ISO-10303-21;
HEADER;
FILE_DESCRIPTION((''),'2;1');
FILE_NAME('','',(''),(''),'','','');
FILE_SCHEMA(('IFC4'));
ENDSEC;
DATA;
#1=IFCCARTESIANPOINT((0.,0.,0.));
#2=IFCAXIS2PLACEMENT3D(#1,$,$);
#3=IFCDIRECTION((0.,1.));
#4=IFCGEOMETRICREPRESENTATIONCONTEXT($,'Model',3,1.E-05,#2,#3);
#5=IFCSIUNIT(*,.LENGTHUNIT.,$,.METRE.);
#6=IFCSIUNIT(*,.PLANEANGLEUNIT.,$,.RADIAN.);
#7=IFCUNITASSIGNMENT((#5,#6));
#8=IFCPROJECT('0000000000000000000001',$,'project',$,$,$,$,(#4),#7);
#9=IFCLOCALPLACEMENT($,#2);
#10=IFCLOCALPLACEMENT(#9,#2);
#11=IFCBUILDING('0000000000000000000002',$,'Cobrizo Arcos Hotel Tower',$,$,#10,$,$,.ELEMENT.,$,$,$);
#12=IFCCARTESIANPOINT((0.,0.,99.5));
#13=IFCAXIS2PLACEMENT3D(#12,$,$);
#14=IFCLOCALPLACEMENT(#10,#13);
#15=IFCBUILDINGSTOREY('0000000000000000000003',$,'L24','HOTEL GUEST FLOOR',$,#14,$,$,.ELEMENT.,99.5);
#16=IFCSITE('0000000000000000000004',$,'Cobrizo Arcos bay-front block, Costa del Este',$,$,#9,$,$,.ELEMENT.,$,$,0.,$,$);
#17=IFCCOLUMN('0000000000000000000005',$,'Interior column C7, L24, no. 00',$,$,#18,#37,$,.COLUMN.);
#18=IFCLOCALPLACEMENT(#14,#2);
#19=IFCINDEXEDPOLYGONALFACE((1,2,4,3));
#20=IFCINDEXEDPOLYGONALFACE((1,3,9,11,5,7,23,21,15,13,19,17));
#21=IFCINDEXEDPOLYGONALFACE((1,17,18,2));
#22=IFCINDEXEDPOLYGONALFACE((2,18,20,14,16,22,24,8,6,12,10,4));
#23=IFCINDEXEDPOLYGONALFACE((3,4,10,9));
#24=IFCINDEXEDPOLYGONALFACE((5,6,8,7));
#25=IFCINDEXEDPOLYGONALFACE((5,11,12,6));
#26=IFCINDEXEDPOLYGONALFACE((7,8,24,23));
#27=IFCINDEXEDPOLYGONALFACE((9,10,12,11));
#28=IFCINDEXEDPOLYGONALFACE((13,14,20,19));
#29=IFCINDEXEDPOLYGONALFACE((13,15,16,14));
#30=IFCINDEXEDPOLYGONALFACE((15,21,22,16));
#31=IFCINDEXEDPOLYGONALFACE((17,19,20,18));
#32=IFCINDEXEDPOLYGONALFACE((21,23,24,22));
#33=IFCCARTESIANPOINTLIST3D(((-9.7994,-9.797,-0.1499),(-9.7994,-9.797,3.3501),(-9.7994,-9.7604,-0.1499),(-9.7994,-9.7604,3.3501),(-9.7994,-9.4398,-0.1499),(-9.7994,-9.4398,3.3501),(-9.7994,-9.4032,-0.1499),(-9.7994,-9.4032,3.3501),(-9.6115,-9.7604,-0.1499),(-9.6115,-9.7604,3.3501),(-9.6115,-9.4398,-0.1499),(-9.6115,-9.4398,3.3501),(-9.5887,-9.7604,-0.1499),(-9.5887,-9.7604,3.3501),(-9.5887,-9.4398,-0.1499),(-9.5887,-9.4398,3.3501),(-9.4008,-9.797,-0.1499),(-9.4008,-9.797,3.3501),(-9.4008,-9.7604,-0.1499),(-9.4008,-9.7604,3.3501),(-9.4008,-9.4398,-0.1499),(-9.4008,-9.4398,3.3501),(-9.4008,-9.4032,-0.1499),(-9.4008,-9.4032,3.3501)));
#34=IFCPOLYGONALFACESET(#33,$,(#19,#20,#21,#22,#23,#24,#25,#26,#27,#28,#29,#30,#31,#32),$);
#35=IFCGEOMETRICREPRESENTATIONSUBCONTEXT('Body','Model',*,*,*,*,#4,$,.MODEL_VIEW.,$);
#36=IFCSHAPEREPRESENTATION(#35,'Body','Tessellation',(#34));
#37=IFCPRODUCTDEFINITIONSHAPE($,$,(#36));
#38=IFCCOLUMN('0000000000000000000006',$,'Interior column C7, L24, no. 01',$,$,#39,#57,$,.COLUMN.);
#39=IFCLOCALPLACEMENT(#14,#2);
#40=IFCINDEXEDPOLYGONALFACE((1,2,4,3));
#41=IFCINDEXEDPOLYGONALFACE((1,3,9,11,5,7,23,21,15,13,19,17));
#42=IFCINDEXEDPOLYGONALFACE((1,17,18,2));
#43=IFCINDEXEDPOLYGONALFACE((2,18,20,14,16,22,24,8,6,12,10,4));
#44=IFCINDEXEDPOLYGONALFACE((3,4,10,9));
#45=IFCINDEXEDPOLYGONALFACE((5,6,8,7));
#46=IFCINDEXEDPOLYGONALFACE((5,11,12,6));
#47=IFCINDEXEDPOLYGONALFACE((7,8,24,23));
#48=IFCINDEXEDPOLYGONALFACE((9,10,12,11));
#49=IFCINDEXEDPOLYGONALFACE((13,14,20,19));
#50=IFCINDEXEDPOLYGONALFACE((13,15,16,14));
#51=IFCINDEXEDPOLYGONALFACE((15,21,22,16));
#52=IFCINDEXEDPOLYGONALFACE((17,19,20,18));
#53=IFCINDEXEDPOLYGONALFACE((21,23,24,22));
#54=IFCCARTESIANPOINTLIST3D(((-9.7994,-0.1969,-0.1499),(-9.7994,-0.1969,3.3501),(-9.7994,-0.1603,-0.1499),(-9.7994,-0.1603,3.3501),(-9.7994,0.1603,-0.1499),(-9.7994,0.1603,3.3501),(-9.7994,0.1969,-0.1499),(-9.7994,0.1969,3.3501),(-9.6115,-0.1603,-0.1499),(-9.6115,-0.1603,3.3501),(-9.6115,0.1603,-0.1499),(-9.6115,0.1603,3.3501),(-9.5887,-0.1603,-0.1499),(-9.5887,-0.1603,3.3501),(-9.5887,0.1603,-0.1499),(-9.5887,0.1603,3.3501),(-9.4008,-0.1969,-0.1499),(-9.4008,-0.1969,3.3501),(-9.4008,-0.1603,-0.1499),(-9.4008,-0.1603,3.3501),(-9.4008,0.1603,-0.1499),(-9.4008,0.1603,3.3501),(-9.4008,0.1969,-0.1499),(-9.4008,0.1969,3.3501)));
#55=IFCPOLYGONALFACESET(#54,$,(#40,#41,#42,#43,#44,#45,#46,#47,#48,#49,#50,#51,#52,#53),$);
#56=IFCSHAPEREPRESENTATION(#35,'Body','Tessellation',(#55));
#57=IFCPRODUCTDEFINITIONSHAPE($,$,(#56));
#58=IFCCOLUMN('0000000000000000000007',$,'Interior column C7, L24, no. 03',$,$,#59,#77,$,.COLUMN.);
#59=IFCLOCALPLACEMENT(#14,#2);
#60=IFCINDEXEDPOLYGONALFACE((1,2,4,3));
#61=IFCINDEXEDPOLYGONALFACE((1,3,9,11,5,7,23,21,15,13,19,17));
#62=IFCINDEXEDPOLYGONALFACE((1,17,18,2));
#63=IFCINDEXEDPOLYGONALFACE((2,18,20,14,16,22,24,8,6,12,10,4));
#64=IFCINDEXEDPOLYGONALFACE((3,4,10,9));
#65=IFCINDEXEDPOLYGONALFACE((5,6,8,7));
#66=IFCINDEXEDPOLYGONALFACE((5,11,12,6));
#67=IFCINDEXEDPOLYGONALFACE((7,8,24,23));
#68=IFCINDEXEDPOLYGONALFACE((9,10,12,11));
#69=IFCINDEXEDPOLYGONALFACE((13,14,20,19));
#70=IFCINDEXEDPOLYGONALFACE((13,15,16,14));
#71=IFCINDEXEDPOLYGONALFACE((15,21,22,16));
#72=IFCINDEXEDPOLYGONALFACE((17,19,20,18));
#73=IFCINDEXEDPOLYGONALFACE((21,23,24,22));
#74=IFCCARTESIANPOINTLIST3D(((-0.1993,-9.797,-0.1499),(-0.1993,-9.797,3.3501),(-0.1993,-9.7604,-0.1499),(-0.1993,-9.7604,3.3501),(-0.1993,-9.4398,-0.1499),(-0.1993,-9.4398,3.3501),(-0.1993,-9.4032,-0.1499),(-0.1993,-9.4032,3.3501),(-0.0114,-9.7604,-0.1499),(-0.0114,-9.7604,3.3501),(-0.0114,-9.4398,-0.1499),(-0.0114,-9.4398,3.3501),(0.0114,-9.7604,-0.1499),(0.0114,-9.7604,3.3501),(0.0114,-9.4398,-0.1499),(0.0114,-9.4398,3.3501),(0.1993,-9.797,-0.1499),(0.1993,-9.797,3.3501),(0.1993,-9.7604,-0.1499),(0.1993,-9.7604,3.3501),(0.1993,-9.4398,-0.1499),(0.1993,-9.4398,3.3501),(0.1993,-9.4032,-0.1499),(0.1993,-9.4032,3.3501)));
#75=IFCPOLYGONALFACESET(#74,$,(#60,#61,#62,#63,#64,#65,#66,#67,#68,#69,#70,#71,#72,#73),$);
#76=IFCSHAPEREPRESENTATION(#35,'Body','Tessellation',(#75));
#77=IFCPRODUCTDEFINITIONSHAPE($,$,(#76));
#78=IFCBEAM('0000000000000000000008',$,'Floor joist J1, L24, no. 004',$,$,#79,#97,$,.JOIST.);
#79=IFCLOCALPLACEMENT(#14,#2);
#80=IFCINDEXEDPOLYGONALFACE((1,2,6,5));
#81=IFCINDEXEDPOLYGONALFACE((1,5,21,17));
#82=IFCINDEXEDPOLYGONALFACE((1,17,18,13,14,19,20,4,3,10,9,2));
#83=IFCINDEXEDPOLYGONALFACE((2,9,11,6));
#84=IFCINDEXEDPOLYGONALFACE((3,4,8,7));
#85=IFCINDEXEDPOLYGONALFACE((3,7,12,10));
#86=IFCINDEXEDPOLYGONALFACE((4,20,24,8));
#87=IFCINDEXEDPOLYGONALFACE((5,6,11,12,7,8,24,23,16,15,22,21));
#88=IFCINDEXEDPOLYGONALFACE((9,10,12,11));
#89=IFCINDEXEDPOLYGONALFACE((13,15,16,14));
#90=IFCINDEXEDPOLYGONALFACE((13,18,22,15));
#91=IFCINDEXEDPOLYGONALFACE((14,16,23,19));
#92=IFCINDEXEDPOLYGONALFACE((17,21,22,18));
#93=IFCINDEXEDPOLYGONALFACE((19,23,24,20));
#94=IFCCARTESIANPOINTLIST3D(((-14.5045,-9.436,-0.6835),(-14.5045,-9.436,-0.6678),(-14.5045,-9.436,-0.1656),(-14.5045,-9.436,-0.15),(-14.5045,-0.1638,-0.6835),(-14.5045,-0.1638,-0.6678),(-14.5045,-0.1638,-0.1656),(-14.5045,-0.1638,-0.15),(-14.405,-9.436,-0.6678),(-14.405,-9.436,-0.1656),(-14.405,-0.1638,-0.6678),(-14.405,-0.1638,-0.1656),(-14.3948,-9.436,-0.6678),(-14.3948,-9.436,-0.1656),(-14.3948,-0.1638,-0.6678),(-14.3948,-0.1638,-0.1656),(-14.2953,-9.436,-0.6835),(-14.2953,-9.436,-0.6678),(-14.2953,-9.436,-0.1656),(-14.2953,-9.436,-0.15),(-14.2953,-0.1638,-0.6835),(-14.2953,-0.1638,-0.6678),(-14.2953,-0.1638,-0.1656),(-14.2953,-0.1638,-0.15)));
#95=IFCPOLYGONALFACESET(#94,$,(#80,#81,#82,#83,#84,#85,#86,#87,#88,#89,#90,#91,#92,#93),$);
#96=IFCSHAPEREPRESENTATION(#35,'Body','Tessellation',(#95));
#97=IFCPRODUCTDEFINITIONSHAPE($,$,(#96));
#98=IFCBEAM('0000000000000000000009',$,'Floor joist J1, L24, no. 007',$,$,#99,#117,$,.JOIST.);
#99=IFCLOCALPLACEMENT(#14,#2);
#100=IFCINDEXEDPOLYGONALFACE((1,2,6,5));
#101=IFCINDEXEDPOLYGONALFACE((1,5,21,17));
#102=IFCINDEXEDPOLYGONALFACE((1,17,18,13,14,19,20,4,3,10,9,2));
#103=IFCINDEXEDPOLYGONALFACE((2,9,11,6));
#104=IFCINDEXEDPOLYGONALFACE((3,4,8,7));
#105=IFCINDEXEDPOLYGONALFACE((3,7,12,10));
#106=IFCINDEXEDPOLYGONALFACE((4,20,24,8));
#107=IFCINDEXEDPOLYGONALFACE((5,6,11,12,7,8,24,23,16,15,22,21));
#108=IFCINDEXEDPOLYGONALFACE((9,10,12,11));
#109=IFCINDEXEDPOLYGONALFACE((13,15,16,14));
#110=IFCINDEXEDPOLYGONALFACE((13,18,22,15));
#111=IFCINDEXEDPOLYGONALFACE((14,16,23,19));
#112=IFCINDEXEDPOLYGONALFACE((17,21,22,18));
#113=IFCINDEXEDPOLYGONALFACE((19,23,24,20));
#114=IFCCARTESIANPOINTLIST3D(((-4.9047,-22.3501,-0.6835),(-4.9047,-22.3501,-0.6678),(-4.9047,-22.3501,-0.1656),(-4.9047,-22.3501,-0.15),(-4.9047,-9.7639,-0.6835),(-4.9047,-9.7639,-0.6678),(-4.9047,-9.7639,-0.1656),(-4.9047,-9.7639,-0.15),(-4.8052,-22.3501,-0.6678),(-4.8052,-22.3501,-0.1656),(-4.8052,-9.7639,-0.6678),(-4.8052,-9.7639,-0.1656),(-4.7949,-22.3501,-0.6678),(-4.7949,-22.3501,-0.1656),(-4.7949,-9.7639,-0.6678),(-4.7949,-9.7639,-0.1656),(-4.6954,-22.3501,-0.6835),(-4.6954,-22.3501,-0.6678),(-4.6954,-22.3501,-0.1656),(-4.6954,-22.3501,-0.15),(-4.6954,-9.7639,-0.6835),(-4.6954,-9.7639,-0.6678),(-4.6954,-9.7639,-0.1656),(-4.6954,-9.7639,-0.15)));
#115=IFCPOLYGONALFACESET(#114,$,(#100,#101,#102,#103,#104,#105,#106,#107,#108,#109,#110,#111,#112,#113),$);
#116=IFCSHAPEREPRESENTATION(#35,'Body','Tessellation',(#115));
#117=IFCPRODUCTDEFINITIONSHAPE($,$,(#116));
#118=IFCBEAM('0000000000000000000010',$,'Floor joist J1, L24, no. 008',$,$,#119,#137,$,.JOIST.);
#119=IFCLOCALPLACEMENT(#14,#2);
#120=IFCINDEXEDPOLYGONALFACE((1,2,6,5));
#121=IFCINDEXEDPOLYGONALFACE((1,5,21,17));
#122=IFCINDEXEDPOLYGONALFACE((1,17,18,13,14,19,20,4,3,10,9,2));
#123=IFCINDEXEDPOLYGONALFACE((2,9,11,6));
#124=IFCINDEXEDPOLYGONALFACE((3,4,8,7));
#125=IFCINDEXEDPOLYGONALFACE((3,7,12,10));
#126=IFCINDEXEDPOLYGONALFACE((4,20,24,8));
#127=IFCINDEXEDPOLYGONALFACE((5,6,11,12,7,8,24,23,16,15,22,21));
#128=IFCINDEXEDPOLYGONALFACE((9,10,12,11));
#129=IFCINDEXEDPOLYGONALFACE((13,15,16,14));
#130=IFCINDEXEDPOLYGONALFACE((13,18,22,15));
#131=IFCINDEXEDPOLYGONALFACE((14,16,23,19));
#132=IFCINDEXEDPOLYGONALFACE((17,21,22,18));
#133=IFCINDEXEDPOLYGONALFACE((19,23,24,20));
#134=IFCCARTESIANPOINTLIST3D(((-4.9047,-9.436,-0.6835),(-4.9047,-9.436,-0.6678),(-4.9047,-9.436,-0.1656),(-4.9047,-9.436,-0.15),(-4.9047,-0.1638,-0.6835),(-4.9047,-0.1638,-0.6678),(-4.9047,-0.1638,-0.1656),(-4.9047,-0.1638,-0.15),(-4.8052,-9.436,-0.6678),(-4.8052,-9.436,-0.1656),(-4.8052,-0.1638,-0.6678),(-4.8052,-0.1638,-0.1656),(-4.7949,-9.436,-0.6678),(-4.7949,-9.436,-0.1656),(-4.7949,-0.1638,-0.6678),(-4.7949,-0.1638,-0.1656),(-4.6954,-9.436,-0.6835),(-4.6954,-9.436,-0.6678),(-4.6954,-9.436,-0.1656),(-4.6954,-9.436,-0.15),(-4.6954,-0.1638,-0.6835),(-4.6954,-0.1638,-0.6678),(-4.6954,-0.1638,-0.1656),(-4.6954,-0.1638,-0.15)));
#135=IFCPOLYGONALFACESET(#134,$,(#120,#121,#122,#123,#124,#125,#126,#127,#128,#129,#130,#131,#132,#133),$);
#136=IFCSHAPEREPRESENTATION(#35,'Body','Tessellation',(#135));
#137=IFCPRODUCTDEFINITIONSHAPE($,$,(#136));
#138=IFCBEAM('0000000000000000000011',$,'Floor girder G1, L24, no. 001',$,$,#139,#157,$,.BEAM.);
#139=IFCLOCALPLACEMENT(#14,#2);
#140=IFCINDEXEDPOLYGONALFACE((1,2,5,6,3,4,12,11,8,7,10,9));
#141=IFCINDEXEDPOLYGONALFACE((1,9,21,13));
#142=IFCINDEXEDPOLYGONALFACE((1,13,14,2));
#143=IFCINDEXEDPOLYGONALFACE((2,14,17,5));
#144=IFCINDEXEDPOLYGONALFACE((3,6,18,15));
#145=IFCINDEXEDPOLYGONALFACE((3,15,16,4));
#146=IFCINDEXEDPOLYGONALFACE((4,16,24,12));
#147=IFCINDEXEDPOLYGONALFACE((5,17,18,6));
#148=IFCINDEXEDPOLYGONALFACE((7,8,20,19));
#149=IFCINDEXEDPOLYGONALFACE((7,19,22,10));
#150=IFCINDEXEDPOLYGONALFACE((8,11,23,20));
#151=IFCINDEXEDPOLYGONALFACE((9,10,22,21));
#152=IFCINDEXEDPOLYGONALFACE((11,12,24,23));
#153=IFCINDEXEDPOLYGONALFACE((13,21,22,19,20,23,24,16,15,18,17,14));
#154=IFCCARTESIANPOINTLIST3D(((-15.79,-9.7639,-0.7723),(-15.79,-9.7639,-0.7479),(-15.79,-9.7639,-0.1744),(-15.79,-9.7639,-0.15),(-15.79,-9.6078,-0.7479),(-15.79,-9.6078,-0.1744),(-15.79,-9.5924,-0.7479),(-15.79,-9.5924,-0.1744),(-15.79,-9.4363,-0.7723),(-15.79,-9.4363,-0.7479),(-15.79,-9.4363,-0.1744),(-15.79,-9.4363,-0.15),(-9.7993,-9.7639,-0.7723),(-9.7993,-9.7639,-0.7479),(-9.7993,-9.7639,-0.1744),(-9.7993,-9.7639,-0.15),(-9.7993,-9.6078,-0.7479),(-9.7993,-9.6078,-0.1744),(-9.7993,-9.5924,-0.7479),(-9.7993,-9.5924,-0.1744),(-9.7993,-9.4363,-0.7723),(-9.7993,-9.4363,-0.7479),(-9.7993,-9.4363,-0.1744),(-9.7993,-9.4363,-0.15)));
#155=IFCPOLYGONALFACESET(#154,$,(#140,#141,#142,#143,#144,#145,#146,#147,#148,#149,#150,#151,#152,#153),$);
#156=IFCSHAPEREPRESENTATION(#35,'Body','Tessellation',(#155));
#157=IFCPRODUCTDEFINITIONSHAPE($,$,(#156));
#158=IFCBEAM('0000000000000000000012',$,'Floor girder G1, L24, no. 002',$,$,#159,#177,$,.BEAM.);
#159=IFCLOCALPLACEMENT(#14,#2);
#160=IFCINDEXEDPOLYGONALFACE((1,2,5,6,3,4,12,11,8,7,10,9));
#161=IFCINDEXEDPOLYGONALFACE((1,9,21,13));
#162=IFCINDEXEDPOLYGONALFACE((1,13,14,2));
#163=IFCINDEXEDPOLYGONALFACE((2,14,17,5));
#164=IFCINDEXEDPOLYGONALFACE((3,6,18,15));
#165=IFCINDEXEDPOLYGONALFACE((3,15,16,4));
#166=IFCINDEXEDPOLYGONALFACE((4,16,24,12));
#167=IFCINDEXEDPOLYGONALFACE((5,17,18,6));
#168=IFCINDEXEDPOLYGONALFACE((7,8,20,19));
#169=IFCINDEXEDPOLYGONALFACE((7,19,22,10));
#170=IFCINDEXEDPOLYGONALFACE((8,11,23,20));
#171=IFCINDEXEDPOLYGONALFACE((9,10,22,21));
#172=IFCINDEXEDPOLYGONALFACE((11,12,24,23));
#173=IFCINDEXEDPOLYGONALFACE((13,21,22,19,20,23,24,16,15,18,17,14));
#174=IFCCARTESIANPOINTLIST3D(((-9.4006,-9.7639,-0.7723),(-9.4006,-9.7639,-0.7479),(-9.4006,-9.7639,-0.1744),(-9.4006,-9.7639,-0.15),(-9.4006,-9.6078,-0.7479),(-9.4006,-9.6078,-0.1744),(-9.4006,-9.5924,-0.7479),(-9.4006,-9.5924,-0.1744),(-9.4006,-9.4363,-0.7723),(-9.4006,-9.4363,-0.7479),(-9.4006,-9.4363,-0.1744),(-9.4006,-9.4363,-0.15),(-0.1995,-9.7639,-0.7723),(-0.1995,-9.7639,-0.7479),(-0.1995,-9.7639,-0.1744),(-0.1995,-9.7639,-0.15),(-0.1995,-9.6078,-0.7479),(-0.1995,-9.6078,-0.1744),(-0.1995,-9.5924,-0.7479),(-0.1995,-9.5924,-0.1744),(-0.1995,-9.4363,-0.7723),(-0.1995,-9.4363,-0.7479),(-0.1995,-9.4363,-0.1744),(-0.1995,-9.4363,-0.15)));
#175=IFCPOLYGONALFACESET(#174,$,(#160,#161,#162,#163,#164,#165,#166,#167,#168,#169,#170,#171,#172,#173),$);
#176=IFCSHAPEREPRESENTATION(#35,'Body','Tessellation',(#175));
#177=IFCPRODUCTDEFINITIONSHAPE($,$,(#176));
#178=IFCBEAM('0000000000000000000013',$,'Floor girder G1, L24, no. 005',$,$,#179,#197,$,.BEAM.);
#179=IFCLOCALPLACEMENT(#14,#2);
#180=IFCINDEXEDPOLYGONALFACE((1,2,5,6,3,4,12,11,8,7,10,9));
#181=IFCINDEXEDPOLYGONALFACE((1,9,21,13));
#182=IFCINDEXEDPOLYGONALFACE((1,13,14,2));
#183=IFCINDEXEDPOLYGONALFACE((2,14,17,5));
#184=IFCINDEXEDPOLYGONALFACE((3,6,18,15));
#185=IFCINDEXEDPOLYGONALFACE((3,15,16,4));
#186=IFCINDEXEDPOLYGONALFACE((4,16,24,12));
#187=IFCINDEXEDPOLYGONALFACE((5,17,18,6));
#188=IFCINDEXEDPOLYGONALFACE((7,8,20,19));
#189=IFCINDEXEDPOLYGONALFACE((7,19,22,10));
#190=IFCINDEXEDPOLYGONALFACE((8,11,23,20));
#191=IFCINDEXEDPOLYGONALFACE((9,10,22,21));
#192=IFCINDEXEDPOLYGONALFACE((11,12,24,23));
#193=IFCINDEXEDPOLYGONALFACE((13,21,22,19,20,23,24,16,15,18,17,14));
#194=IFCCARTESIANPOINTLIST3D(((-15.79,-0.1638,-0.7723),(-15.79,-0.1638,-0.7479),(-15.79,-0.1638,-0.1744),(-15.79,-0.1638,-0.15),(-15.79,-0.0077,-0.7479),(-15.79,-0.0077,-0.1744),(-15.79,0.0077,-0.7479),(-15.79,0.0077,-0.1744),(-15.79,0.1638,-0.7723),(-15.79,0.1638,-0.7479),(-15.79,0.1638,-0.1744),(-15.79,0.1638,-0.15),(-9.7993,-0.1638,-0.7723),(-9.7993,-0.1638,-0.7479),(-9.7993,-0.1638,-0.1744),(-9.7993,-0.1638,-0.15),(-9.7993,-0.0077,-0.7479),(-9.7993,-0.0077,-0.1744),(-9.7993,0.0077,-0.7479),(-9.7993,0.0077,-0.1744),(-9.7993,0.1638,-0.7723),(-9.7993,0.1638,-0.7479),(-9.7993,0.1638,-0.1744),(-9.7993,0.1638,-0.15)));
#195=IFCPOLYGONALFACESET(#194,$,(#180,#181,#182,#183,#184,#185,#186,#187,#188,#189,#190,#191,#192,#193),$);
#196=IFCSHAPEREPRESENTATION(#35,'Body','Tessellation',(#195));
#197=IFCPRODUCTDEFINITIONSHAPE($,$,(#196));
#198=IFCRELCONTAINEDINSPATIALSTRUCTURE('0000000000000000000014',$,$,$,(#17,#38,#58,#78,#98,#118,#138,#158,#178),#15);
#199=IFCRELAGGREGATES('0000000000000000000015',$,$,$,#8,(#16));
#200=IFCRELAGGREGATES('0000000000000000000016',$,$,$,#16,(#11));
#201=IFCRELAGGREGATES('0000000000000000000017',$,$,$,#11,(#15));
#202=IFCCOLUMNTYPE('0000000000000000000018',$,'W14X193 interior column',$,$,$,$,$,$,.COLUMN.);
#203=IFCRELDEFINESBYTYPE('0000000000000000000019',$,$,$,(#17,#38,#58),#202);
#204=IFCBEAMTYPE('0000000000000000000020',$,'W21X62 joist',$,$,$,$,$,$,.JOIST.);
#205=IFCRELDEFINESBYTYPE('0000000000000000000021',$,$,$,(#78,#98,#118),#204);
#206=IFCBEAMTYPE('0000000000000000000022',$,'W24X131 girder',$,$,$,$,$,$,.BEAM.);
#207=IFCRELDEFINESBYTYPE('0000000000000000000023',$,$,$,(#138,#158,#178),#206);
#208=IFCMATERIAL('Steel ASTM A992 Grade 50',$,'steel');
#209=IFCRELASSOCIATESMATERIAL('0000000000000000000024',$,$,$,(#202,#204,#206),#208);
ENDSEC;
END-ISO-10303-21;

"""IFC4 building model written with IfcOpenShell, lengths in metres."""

from ifc_helpers import new_model, si_unit, direction, frame, origin, origin_2d, place, context, subcontext, project, spatial, i_section, extrude, material, material_profile, profile_set, type_object, element, save


model = new_model("IFC4")

# Units and contexts
model_context = context("Model", 3, precision=1e-05, world=origin(), true_north=direction((0.0, 1.0)))
body_context = subcontext(model_context, "Body", "Model", "MODEL_VIEW")
ifc_project = project(units=[si_unit("LENGTHUNIT", "METRE"), si_unit("PLANEANGLEUNIT", "RADIAN")], contexts=[model_context])

# Site, building, storey
site_placement = place(None, origin())
site = spatial("IfcSite", under=ifc_project, at=site_placement, Name="Cobrizo Arcos bay-front block, Costa del Este", CompositionType="ELEMENT", RefElevation=0.0)
building_placement = place(site_placement, origin())
building = spatial("IfcBuilding", under=site, at=building_placement, Name="Cobrizo Arcos Hotel Tower", CompositionType="ELEMENT")
storey_placement = place(building_placement, frame((0.0, 0.0, 99.5)))
storey = spatial("IfcBuildingStorey", under=building, at=storey_placement, Name="L24", Description="HOTEL GUEST FLOOR", CompositionType="ELEMENT", Elevation=99.5)

# Columns
ifc_material_1 = material(Name="Steel ASTM A992 Grade 50", Category="steel")
ifc_material_profile_1 = material_profile(ifc_material_1, i_section(OverallWidth=0.3987, OverallDepth=0.3938, WebThickness=0.0227, FlangeThickness=0.0366, at=origin_2d()), Name="W14X193")
ifc_profile_set_1 = profile_set([ifc_material_profile_1], Name="Steel ASTM A992 Grade 50")
column_type = type_object("IfcColumnType", Name="W14X193 interior column", PredefinedType="COLUMN", material=ifc_profile_set_1)
for number, where, z_axis, x_axis, name in (
    (1, (-9.6001, -9.6001, -0.1499), (0.0, 0.0, 1.0), (1.0, 0.0, 0.0), "Interior column C7, L24, no. 00"),
    (2, (-9.6001, 0.0, -0.1499), (0.0, 0.0, 1.0), (1.0, 0.0, 0.0), "Interior column C7, L24, no. 01"),
    (3, (0.0, -9.6001, -0.1499), (0.0, 0.0, 1.0), (1.0, 0.0, 0.0), "Interior column C7, L24, no. 03"),
):
    element("IfcColumn", number, at=place(storey_placement, frame(where, z_axis=z_axis, x_axis=x_axis)), inside=storey, type_object=column_type, Name=name, PredefinedType="COLUMN", context=body_context, shape_type="SweptSolid", body=[
        extrude(i_section(OverallWidth=0.3987, OverallDepth=0.3938, WebThickness=0.0227, FlangeThickness=0.0366, at=origin_2d()), origin(), (0.0, 0.0, 1.0), 3.5),
    ])

# Beams
ifc_material_profile_2 = material_profile(ifc_material_1, i_section(OverallWidth=0.2092, OverallDepth=0.5334, WebThickness=0.0103, FlangeThickness=0.0156, at=origin_2d()), Name="W21X62")
ifc_profile_set_2 = profile_set([ifc_material_profile_2], Name="Steel ASTM A992 Grade 50")
beam_type_1 = type_object("IfcBeamType", Name="W21X62 joist", PredefinedType="JOIST", material=ifc_profile_set_2)
beam_1_placement = place(storey_placement, frame((-14.3999, -9.436, -0.4167), z_axis=(0.0, 1.0, 0.0), x_axis=(-1.0, 0.0, 0.0)))
element("IfcBeam", 4, at=beam_1_placement, inside=storey, type_object=beam_type_1, Name="Floor joist J1, L24, no. 004", PredefinedType="JOIST", context=body_context, shape_type="SweptSolid", body=[
    extrude(i_section(OverallWidth=0.2092, OverallDepth=0.5334, WebThickness=0.0103, FlangeThickness=0.0156, at=origin_2d()), origin(), (0.0, 0.0, 1.0), 9.2722),
])
beam_2_placement = place(storey_placement, frame((-4.8, -22.3501, -0.4167), z_axis=(0.0, 1.0, 0.0), x_axis=(-1.0, 0.0, 0.0)))
element("IfcBeam", 5, at=beam_2_placement, inside=storey, type_object=beam_type_1, Name="Floor joist J1, L24, no. 007", PredefinedType="JOIST", context=body_context, shape_type="SweptSolid", body=[
    extrude(i_section(OverallWidth=0.2092, OverallDepth=0.5334, WebThickness=0.0103, FlangeThickness=0.0156, at=origin_2d()), origin(), (0.0, 0.0, 1.0), 12.5862),
])
beam_3_placement = place(storey_placement, frame((-4.8, -9.436, -0.4167), z_axis=(0.0, 1.0, 0.0), x_axis=(-1.0, 0.0, 0.0)))
element("IfcBeam", 6, at=beam_3_placement, inside=storey, type_object=beam_type_1, Name="Floor joist J1, L24, no. 008", PredefinedType="JOIST", context=body_context, shape_type="SweptSolid", body=[
    extrude(i_section(OverallWidth=0.2092, OverallDepth=0.5334, WebThickness=0.0103, FlangeThickness=0.0156, at=origin_2d()), origin(), (0.0, 0.0, 1.0), 9.2722),
])
ifc_material_profile_3 = material_profile(ifc_material_1, i_section(OverallWidth=0.3276, OverallDepth=0.6223, WebThickness=0.0154, FlangeThickness=0.0244, at=origin_2d()), Name="W24X131")
ifc_profile_set_3 = profile_set([ifc_material_profile_3], Name="Steel ASTM A992 Grade 50")
beam_type_2 = type_object("IfcBeamType", Name="W24X131 girder", PredefinedType="BEAM", material=ifc_profile_set_3)
beam_4_placement = place(storey_placement, frame((-15.79, -9.6001, -0.4612), z_axis=(1.0, 0.0, 0.0), x_axis=(0.0, 1.0, 0.0)))
element("IfcBeam", 7, at=beam_4_placement, inside=storey, type_object=beam_type_2, Name="Floor girder G1, L24, no. 001", PredefinedType="BEAM", context=body_context, shape_type="SweptSolid", body=[
    extrude(i_section(OverallWidth=0.3276, OverallDepth=0.6223, WebThickness=0.0154, FlangeThickness=0.0244, at=origin_2d()), origin(), (0.0, 0.0, 1.0), 5.9907),
])
beam_5_placement = place(storey_placement, frame((-9.4006, -9.6001, -0.4612), z_axis=(1.0, 0.0, 0.0), x_axis=(0.0, 1.0, 0.0)))
element("IfcBeam", 8, at=beam_5_placement, inside=storey, type_object=beam_type_2, Name="Floor girder G1, L24, no. 002", PredefinedType="BEAM", context=body_context, shape_type="SweptSolid", body=[
    extrude(i_section(OverallWidth=0.3276, OverallDepth=0.6223, WebThickness=0.0154, FlangeThickness=0.0244, at=origin_2d()), origin(), (0.0, 0.0, 1.0), 9.2012),
])
beam_6_placement = place(storey_placement, frame((-15.79, 0.0, -0.4612), z_axis=(1.0, 0.0, 0.0), x_axis=(0.0, 1.0, 0.0)))
element("IfcBeam", 9, at=beam_6_placement, inside=storey, type_object=beam_type_2, Name="Floor girder G1, L24, no. 005", PredefinedType="BEAM", context=body_context, shape_type="SweptSolid", body=[
    extrude(i_section(OverallWidth=0.3276, OverallDepth=0.6223, WebThickness=0.0154, FlangeThickness=0.0244, at=origin_2d()), origin(), (0.0, 0.0, 1.0), 5.9907),
])

save(model, "model.ifc")
